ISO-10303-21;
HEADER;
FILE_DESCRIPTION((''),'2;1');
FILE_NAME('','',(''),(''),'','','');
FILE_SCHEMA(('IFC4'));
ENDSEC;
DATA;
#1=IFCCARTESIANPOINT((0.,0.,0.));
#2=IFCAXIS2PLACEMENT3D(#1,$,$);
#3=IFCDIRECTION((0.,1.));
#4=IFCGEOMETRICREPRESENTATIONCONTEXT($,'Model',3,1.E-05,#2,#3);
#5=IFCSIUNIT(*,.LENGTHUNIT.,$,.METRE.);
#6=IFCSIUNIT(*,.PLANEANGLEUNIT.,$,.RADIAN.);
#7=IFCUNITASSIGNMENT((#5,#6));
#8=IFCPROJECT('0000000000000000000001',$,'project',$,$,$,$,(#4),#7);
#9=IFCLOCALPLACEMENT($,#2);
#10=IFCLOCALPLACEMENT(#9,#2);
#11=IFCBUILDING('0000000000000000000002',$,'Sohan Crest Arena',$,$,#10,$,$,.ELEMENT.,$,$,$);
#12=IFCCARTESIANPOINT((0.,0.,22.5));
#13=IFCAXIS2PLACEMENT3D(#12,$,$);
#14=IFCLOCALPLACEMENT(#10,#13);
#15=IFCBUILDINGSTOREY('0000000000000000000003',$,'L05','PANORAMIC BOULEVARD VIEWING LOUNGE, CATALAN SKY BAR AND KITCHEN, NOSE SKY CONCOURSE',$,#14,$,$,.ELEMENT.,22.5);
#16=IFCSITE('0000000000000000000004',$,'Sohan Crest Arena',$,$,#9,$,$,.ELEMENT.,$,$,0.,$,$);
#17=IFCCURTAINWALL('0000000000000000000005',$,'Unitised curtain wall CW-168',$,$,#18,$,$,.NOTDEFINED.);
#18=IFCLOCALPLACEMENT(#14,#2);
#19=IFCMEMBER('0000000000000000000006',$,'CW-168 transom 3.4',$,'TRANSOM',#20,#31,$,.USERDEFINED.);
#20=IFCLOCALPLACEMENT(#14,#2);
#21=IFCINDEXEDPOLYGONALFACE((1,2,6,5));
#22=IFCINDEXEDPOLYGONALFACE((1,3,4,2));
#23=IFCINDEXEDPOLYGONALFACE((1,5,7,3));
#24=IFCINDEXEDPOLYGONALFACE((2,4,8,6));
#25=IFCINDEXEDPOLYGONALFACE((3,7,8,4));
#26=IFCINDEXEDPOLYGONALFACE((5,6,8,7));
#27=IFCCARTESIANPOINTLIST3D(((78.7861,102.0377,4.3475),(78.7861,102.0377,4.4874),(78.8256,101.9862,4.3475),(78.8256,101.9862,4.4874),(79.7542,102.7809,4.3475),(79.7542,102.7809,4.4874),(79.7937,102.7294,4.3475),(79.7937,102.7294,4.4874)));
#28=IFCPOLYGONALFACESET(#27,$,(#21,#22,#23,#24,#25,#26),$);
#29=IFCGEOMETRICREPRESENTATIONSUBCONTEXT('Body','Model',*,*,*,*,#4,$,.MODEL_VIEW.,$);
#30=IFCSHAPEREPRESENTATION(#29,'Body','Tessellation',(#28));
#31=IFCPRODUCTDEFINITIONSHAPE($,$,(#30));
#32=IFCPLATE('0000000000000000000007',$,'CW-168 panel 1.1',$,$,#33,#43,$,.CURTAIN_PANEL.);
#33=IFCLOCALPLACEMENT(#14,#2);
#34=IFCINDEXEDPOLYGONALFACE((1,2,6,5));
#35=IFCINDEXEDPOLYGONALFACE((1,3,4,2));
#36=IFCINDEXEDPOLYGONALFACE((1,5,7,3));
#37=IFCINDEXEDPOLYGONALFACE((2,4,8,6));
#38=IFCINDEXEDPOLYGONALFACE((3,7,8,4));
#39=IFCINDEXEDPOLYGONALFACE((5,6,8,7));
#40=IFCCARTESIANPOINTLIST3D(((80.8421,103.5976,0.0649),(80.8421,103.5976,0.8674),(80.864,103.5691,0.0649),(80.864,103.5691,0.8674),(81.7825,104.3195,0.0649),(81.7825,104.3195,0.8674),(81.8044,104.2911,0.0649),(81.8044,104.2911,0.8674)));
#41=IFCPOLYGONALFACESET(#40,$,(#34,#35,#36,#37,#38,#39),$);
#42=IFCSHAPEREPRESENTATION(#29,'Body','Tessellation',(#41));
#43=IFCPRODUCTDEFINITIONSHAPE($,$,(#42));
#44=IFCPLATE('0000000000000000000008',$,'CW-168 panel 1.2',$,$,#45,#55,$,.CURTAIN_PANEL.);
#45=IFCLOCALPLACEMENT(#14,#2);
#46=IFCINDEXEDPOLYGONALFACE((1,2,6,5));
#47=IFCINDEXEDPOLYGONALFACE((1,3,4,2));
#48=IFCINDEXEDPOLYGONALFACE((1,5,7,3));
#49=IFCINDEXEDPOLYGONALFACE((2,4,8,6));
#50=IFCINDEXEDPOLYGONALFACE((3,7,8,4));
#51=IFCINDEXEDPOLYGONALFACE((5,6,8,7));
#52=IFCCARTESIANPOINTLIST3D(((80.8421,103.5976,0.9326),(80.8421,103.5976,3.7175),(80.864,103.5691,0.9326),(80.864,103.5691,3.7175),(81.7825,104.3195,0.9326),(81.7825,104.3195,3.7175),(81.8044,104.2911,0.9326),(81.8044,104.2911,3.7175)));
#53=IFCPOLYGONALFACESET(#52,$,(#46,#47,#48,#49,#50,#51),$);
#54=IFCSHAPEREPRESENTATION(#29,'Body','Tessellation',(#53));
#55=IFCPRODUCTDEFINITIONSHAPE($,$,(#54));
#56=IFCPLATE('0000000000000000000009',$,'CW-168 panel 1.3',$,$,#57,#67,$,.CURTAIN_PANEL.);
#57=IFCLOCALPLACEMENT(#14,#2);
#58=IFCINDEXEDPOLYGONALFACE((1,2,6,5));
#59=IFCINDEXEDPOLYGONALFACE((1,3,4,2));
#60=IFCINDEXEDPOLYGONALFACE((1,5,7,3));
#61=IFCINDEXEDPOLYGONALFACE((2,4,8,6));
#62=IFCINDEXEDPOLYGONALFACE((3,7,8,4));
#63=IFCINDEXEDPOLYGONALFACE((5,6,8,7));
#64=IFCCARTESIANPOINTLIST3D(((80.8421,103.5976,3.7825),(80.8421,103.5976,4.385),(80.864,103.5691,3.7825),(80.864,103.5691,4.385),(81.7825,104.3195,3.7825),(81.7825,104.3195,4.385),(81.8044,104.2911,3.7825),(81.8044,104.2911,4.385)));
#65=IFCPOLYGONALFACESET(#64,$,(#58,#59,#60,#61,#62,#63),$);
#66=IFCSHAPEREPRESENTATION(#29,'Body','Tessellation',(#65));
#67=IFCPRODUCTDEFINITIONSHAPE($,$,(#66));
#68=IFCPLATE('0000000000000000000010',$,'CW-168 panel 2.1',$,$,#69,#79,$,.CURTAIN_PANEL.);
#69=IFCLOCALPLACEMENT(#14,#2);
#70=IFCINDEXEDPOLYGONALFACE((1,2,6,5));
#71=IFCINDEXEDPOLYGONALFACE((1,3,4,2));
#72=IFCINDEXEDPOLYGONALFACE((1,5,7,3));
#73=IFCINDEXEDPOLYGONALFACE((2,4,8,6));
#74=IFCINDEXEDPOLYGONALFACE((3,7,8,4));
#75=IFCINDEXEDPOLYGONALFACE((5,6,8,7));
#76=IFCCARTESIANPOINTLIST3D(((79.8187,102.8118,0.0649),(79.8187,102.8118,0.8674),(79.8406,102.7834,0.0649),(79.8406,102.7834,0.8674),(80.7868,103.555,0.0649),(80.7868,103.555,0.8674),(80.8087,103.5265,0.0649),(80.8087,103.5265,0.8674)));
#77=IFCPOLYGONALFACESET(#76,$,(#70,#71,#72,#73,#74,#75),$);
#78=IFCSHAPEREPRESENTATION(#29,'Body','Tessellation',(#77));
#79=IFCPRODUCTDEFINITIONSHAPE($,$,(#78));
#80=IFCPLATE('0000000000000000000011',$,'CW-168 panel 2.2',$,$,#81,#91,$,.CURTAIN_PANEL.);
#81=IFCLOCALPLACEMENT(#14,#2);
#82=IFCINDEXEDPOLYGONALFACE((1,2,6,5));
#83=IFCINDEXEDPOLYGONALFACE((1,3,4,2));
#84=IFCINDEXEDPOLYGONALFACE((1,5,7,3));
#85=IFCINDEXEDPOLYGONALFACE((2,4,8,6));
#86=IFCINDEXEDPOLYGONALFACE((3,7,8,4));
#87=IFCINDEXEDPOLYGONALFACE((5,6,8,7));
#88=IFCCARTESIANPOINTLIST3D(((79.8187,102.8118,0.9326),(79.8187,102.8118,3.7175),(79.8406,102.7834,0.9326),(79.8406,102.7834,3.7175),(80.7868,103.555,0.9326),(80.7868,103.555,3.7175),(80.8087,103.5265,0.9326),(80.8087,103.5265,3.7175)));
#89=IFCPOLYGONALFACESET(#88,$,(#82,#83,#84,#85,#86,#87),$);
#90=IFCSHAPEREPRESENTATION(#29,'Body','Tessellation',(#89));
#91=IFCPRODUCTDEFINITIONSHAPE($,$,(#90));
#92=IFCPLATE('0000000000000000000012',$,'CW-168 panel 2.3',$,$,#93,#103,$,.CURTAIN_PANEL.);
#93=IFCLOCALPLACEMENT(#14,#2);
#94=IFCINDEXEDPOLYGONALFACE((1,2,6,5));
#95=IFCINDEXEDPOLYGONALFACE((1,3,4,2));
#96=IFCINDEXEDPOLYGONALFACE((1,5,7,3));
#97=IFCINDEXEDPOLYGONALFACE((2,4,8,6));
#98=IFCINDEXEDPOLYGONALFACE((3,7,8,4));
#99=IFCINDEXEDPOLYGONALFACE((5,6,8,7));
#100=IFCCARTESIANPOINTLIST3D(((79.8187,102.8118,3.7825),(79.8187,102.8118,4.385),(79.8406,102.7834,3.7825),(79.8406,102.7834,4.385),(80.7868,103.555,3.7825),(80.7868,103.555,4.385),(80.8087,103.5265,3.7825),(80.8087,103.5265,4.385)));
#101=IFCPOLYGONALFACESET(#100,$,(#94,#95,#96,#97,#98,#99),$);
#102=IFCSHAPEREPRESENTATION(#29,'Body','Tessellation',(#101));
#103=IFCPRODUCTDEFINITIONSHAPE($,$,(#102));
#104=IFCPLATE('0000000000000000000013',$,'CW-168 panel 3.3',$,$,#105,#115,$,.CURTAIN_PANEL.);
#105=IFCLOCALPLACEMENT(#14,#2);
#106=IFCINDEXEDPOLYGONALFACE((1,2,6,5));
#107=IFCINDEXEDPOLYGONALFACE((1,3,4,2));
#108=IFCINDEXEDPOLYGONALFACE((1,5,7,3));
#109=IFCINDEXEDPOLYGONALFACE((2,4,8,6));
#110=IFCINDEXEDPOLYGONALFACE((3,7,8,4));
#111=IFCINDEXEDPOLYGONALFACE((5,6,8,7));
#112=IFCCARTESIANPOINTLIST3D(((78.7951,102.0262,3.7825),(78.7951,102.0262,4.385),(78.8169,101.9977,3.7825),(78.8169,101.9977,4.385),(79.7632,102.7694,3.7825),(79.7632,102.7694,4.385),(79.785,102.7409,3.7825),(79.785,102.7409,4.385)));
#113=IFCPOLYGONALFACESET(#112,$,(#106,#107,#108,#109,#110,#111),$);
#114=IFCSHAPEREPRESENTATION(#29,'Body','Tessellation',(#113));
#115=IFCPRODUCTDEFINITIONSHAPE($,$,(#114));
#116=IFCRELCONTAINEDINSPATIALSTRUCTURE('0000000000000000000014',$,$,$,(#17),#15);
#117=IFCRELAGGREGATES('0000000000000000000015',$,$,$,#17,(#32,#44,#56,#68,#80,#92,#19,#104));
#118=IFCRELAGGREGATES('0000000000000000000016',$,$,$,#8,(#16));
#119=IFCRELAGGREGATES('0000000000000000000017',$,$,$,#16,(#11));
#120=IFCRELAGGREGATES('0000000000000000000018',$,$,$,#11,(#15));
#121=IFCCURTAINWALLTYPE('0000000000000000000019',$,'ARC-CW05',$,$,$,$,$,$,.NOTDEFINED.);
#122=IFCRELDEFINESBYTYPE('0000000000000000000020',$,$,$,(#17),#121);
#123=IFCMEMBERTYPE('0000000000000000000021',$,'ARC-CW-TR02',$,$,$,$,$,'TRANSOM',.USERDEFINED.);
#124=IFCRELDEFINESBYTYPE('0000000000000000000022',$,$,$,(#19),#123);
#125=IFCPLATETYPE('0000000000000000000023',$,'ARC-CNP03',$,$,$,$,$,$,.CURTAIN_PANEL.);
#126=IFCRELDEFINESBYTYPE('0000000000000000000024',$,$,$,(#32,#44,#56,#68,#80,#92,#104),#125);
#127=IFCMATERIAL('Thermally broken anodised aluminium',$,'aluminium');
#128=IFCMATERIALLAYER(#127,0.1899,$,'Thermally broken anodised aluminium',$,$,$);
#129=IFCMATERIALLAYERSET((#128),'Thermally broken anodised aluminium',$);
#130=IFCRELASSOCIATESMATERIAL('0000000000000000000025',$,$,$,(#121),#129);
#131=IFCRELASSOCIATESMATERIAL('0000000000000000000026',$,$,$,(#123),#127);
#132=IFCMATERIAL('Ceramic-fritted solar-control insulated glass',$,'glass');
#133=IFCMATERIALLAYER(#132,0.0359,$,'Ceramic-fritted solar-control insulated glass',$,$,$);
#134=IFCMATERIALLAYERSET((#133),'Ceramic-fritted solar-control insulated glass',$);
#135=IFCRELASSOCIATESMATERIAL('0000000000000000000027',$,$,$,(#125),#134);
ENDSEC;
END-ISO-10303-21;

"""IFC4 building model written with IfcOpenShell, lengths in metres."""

from ifc_helpers import new_model, si_unit, direction, frame, origin, origin_2d, place, context, subcontext, project, spatial, rectangle, extrude, material, layer, layer_set, material_profile, profile_set, type_object, element, aggregate, save


model = new_model("IFC4")

# Units and contexts
model_context = context("Model", 3, precision=1e-05, world=origin(), true_north=direction((0.0, 1.0)))
body_context = subcontext(model_context, "Body", "Model", "MODEL_VIEW")
ifc_project = project(units=[si_unit("LENGTHUNIT", "METRE"), si_unit("PLANEANGLEUNIT", "RADIAN")], contexts=[model_context])

# Site, building, storey
site_placement = place(None, origin())
site = spatial("IfcSite", under=ifc_project, at=site_placement, Name="Sohan Crest Arena", CompositionType="ELEMENT", RefElevation=0.0)
building_placement = place(site_placement, origin())
building = spatial("IfcBuilding", under=site, at=building_placement, Name="Sohan Crest Arena", CompositionType="ELEMENT")
storey_placement = place(building_placement, frame((0.0, 0.0, 22.5)))
storey = spatial("IfcBuildingStorey", under=building, at=storey_placement, Name="L05", Description="PANORAMIC BOULEVARD VIEWING LOUNGE, CATALAN SKY BAR AND KITCHEN, NOSE SKY CONCOURSE", CompositionType="ELEMENT", Elevation=22.5)

# Curtain wall, member, plates
ifc_material_1 = material(Name="Thermally broken anodised aluminium", Category="aluminium")
ifc_layer_1 = layer(ifc_material_1, 0.1899, Name="Thermally broken anodised aluminium")
ifc_layer_set_1 = layer_set([ifc_layer_1], Name="Thermally broken anodised aluminium")
curtain_wall_type = type_object("IfcCurtainWallType", Name="ARC-CW05", PredefinedType="NOTDEFINED", material=ifc_layer_set_1)
curtain_wall_placement = place(storey_placement, origin())
curtain_wall = element("IfcCurtainWall", 1, at=curtain_wall_placement, inside=storey, type_object=curtain_wall_type, Name="Unitised curtain wall CW-168", PredefinedType="NOTDEFINED")
ifc_material_profile_1 = material_profile(ifc_material_1, rectangle(XDim=0.0649, YDim=0.1399, at=origin_2d()), Name="ALU-TRAN 65x140")
ifc_profile_set_1 = profile_set([ifc_material_profile_1], Name="Thermally broken anodised aluminium")
member_type_1 = type_object("IfcMemberType", Name="ARC-CW-TR02", ElementType="TRANSOM", PredefinedType="USERDEFINED", material=ifc_profile_set_1)
member_1_placement = place(storey_placement, frame((79.7739, 102.7551, 4.4175), z_axis=(-0.793204, -0.608956, 0.0), x_axis=(0.608956, -0.793204, 0.0)))
member_1 = element("IfcMember", 2, at=member_1_placement, type_object=member_type_1, Name="CW-168 transom 3.4", ObjectType="TRANSOM", PredefinedType="USERDEFINED", context=body_context, shape_type="SweptSolid", body=[
    extrude(rectangle(XDim=0.0649, YDim=0.1399, at=origin_2d()), origin(), (0.0, 0.0, 1.0), 1.2205),
])
ifc_material_2 = material(Name="Ceramic-fritted solar-control insulated glass", Category="glass")
ifc_layer_2 = layer(ifc_material_2, 0.0359, Name="Ceramic-fritted solar-control insulated glass")
ifc_layer_set_2 = layer_set([ifc_layer_2], Name="Ceramic-fritted solar-control insulated glass")
plate_type = type_object("IfcPlateType", Name="ARC-CNP03", PredefinedType="CURTAIN_PANEL", material=ifc_layer_set_2)
plate_1_placement = place(storey_placement, frame((81.3232, 103.9443, 0.0649), z_axis=(0.0, 0.0, 1.0), x_axis=(-0.793217, -0.608939, 0.0)))
plate_1 = element("IfcPlate", 3, at=plate_1_placement, type_object=plate_type, Name="CW-168 panel 1.1", PredefinedType="CURTAIN_PANEL", context=body_context, shape_type="SweptSolid", body=[
    extrude(rectangle(XDim=1.1855, YDim=0.0359, at=origin_2d()), origin(), (0.0, 0.0, 1.0), 0.8025),
])
plate_2_placement = place(storey_placement, frame((81.3232, 103.9443, 0.9326), z_axis=(0.0, 0.0, 1.0), x_axis=(-0.793217, -0.608939, 0.0)))
plate_2 = element("IfcPlate", 4, at=plate_2_placement, type_object=plate_type, Name="CW-168 panel 1.2", PredefinedType="CURTAIN_PANEL", context=body_context, shape_type="SweptSolid", body=[
    extrude(rectangle(XDim=1.1855, YDim=0.0359, at=origin_2d()), origin(), (0.0, 0.0, 1.0), 2.7849),
])
plate_3_placement = place(storey_placement, frame((81.3232, 103.9443, 3.7825), z_axis=(0.0, 0.0, 1.0), x_axis=(-0.793217, -0.608939, 0.0)))
plate_3 = element("IfcPlate", 5, at=plate_3_placement, type_object=plate_type, Name="CW-168 panel 1.3", PredefinedType="CURTAIN_PANEL", context=body_context, shape_type="SweptSolid", body=[
    extrude(rectangle(XDim=1.1855, YDim=0.0359, at=origin_2d()), origin(), (0.0, 0.0, 1.0), 0.6025),
])
plate_4_placement = place(storey_placement, frame((80.3137, 103.1692, 0.0649), z_axis=(0.0, 0.0, 1.0), x_axis=(-0.793217, -0.608939, 0.0)))
plate_4 = element("IfcPlate", 6, at=plate_4_placement, type_object=plate_type, Name="CW-168 panel 2.1", PredefinedType="CURTAIN_PANEL", context=body_context, shape_type="SweptSolid", body=[
    extrude(rectangle(XDim=1.2205, YDim=0.0359, at=origin_2d()), origin(), (0.0, 0.0, 1.0), 0.8025),
])
plate_5_placement = place(storey_placement, frame((80.3137, 103.1692, 0.9326), z_axis=(0.0, 0.0, 1.0), x_axis=(-0.793217, -0.608939, 0.0)))
plate_5 = element("IfcPlate", 7, at=plate_5_placement, type_object=plate_type, Name="CW-168 panel 2.2", PredefinedType="CURTAIN_PANEL", context=body_context, shape_type="SweptSolid", body=[
    extrude(rectangle(XDim=1.2205, YDim=0.0359, at=origin_2d()), origin(), (0.0, 0.0, 1.0), 2.7849),
])
plate_6_placement = place(storey_placement, frame((80.3137, 103.1692, 3.7825), z_axis=(0.0, 0.0, 1.0), x_axis=(-0.793217, -0.608939, 0.0)))
plate_6 = element("IfcPlate", 8, at=plate_6_placement, type_object=plate_type, Name="CW-168 panel 2.3", PredefinedType="CURTAIN_PANEL", context=body_context, shape_type="SweptSolid", body=[
    extrude(rectangle(XDim=1.2205, YDim=0.0359, at=origin_2d()), origin(), (0.0, 0.0, 1.0), 0.6025),
])
plate_7_placement = place(storey_placement, frame((79.29, 102.3835, 3.7825), z_axis=(0.0, 0.0, 1.0), x_axis=(-0.793217, -0.608939, 0.0)))
plate_7 = element("IfcPlate", 9, at=plate_7_placement, type_object=plate_type, Name="CW-168 panel 3.3", PredefinedType="CURTAIN_PANEL", context=body_context, shape_type="SweptSolid", body=[
    extrude(rectangle(XDim=1.2205, YDim=0.0359, at=origin_2d()), origin(), (0.0, 0.0, 1.0), 0.6025),
])
aggregate(curtain_wall, [plate_1, plate_2, plate_3, plate_4, plate_5, plate_6, member_1, plate_7])

save(model, "model.ifc")
